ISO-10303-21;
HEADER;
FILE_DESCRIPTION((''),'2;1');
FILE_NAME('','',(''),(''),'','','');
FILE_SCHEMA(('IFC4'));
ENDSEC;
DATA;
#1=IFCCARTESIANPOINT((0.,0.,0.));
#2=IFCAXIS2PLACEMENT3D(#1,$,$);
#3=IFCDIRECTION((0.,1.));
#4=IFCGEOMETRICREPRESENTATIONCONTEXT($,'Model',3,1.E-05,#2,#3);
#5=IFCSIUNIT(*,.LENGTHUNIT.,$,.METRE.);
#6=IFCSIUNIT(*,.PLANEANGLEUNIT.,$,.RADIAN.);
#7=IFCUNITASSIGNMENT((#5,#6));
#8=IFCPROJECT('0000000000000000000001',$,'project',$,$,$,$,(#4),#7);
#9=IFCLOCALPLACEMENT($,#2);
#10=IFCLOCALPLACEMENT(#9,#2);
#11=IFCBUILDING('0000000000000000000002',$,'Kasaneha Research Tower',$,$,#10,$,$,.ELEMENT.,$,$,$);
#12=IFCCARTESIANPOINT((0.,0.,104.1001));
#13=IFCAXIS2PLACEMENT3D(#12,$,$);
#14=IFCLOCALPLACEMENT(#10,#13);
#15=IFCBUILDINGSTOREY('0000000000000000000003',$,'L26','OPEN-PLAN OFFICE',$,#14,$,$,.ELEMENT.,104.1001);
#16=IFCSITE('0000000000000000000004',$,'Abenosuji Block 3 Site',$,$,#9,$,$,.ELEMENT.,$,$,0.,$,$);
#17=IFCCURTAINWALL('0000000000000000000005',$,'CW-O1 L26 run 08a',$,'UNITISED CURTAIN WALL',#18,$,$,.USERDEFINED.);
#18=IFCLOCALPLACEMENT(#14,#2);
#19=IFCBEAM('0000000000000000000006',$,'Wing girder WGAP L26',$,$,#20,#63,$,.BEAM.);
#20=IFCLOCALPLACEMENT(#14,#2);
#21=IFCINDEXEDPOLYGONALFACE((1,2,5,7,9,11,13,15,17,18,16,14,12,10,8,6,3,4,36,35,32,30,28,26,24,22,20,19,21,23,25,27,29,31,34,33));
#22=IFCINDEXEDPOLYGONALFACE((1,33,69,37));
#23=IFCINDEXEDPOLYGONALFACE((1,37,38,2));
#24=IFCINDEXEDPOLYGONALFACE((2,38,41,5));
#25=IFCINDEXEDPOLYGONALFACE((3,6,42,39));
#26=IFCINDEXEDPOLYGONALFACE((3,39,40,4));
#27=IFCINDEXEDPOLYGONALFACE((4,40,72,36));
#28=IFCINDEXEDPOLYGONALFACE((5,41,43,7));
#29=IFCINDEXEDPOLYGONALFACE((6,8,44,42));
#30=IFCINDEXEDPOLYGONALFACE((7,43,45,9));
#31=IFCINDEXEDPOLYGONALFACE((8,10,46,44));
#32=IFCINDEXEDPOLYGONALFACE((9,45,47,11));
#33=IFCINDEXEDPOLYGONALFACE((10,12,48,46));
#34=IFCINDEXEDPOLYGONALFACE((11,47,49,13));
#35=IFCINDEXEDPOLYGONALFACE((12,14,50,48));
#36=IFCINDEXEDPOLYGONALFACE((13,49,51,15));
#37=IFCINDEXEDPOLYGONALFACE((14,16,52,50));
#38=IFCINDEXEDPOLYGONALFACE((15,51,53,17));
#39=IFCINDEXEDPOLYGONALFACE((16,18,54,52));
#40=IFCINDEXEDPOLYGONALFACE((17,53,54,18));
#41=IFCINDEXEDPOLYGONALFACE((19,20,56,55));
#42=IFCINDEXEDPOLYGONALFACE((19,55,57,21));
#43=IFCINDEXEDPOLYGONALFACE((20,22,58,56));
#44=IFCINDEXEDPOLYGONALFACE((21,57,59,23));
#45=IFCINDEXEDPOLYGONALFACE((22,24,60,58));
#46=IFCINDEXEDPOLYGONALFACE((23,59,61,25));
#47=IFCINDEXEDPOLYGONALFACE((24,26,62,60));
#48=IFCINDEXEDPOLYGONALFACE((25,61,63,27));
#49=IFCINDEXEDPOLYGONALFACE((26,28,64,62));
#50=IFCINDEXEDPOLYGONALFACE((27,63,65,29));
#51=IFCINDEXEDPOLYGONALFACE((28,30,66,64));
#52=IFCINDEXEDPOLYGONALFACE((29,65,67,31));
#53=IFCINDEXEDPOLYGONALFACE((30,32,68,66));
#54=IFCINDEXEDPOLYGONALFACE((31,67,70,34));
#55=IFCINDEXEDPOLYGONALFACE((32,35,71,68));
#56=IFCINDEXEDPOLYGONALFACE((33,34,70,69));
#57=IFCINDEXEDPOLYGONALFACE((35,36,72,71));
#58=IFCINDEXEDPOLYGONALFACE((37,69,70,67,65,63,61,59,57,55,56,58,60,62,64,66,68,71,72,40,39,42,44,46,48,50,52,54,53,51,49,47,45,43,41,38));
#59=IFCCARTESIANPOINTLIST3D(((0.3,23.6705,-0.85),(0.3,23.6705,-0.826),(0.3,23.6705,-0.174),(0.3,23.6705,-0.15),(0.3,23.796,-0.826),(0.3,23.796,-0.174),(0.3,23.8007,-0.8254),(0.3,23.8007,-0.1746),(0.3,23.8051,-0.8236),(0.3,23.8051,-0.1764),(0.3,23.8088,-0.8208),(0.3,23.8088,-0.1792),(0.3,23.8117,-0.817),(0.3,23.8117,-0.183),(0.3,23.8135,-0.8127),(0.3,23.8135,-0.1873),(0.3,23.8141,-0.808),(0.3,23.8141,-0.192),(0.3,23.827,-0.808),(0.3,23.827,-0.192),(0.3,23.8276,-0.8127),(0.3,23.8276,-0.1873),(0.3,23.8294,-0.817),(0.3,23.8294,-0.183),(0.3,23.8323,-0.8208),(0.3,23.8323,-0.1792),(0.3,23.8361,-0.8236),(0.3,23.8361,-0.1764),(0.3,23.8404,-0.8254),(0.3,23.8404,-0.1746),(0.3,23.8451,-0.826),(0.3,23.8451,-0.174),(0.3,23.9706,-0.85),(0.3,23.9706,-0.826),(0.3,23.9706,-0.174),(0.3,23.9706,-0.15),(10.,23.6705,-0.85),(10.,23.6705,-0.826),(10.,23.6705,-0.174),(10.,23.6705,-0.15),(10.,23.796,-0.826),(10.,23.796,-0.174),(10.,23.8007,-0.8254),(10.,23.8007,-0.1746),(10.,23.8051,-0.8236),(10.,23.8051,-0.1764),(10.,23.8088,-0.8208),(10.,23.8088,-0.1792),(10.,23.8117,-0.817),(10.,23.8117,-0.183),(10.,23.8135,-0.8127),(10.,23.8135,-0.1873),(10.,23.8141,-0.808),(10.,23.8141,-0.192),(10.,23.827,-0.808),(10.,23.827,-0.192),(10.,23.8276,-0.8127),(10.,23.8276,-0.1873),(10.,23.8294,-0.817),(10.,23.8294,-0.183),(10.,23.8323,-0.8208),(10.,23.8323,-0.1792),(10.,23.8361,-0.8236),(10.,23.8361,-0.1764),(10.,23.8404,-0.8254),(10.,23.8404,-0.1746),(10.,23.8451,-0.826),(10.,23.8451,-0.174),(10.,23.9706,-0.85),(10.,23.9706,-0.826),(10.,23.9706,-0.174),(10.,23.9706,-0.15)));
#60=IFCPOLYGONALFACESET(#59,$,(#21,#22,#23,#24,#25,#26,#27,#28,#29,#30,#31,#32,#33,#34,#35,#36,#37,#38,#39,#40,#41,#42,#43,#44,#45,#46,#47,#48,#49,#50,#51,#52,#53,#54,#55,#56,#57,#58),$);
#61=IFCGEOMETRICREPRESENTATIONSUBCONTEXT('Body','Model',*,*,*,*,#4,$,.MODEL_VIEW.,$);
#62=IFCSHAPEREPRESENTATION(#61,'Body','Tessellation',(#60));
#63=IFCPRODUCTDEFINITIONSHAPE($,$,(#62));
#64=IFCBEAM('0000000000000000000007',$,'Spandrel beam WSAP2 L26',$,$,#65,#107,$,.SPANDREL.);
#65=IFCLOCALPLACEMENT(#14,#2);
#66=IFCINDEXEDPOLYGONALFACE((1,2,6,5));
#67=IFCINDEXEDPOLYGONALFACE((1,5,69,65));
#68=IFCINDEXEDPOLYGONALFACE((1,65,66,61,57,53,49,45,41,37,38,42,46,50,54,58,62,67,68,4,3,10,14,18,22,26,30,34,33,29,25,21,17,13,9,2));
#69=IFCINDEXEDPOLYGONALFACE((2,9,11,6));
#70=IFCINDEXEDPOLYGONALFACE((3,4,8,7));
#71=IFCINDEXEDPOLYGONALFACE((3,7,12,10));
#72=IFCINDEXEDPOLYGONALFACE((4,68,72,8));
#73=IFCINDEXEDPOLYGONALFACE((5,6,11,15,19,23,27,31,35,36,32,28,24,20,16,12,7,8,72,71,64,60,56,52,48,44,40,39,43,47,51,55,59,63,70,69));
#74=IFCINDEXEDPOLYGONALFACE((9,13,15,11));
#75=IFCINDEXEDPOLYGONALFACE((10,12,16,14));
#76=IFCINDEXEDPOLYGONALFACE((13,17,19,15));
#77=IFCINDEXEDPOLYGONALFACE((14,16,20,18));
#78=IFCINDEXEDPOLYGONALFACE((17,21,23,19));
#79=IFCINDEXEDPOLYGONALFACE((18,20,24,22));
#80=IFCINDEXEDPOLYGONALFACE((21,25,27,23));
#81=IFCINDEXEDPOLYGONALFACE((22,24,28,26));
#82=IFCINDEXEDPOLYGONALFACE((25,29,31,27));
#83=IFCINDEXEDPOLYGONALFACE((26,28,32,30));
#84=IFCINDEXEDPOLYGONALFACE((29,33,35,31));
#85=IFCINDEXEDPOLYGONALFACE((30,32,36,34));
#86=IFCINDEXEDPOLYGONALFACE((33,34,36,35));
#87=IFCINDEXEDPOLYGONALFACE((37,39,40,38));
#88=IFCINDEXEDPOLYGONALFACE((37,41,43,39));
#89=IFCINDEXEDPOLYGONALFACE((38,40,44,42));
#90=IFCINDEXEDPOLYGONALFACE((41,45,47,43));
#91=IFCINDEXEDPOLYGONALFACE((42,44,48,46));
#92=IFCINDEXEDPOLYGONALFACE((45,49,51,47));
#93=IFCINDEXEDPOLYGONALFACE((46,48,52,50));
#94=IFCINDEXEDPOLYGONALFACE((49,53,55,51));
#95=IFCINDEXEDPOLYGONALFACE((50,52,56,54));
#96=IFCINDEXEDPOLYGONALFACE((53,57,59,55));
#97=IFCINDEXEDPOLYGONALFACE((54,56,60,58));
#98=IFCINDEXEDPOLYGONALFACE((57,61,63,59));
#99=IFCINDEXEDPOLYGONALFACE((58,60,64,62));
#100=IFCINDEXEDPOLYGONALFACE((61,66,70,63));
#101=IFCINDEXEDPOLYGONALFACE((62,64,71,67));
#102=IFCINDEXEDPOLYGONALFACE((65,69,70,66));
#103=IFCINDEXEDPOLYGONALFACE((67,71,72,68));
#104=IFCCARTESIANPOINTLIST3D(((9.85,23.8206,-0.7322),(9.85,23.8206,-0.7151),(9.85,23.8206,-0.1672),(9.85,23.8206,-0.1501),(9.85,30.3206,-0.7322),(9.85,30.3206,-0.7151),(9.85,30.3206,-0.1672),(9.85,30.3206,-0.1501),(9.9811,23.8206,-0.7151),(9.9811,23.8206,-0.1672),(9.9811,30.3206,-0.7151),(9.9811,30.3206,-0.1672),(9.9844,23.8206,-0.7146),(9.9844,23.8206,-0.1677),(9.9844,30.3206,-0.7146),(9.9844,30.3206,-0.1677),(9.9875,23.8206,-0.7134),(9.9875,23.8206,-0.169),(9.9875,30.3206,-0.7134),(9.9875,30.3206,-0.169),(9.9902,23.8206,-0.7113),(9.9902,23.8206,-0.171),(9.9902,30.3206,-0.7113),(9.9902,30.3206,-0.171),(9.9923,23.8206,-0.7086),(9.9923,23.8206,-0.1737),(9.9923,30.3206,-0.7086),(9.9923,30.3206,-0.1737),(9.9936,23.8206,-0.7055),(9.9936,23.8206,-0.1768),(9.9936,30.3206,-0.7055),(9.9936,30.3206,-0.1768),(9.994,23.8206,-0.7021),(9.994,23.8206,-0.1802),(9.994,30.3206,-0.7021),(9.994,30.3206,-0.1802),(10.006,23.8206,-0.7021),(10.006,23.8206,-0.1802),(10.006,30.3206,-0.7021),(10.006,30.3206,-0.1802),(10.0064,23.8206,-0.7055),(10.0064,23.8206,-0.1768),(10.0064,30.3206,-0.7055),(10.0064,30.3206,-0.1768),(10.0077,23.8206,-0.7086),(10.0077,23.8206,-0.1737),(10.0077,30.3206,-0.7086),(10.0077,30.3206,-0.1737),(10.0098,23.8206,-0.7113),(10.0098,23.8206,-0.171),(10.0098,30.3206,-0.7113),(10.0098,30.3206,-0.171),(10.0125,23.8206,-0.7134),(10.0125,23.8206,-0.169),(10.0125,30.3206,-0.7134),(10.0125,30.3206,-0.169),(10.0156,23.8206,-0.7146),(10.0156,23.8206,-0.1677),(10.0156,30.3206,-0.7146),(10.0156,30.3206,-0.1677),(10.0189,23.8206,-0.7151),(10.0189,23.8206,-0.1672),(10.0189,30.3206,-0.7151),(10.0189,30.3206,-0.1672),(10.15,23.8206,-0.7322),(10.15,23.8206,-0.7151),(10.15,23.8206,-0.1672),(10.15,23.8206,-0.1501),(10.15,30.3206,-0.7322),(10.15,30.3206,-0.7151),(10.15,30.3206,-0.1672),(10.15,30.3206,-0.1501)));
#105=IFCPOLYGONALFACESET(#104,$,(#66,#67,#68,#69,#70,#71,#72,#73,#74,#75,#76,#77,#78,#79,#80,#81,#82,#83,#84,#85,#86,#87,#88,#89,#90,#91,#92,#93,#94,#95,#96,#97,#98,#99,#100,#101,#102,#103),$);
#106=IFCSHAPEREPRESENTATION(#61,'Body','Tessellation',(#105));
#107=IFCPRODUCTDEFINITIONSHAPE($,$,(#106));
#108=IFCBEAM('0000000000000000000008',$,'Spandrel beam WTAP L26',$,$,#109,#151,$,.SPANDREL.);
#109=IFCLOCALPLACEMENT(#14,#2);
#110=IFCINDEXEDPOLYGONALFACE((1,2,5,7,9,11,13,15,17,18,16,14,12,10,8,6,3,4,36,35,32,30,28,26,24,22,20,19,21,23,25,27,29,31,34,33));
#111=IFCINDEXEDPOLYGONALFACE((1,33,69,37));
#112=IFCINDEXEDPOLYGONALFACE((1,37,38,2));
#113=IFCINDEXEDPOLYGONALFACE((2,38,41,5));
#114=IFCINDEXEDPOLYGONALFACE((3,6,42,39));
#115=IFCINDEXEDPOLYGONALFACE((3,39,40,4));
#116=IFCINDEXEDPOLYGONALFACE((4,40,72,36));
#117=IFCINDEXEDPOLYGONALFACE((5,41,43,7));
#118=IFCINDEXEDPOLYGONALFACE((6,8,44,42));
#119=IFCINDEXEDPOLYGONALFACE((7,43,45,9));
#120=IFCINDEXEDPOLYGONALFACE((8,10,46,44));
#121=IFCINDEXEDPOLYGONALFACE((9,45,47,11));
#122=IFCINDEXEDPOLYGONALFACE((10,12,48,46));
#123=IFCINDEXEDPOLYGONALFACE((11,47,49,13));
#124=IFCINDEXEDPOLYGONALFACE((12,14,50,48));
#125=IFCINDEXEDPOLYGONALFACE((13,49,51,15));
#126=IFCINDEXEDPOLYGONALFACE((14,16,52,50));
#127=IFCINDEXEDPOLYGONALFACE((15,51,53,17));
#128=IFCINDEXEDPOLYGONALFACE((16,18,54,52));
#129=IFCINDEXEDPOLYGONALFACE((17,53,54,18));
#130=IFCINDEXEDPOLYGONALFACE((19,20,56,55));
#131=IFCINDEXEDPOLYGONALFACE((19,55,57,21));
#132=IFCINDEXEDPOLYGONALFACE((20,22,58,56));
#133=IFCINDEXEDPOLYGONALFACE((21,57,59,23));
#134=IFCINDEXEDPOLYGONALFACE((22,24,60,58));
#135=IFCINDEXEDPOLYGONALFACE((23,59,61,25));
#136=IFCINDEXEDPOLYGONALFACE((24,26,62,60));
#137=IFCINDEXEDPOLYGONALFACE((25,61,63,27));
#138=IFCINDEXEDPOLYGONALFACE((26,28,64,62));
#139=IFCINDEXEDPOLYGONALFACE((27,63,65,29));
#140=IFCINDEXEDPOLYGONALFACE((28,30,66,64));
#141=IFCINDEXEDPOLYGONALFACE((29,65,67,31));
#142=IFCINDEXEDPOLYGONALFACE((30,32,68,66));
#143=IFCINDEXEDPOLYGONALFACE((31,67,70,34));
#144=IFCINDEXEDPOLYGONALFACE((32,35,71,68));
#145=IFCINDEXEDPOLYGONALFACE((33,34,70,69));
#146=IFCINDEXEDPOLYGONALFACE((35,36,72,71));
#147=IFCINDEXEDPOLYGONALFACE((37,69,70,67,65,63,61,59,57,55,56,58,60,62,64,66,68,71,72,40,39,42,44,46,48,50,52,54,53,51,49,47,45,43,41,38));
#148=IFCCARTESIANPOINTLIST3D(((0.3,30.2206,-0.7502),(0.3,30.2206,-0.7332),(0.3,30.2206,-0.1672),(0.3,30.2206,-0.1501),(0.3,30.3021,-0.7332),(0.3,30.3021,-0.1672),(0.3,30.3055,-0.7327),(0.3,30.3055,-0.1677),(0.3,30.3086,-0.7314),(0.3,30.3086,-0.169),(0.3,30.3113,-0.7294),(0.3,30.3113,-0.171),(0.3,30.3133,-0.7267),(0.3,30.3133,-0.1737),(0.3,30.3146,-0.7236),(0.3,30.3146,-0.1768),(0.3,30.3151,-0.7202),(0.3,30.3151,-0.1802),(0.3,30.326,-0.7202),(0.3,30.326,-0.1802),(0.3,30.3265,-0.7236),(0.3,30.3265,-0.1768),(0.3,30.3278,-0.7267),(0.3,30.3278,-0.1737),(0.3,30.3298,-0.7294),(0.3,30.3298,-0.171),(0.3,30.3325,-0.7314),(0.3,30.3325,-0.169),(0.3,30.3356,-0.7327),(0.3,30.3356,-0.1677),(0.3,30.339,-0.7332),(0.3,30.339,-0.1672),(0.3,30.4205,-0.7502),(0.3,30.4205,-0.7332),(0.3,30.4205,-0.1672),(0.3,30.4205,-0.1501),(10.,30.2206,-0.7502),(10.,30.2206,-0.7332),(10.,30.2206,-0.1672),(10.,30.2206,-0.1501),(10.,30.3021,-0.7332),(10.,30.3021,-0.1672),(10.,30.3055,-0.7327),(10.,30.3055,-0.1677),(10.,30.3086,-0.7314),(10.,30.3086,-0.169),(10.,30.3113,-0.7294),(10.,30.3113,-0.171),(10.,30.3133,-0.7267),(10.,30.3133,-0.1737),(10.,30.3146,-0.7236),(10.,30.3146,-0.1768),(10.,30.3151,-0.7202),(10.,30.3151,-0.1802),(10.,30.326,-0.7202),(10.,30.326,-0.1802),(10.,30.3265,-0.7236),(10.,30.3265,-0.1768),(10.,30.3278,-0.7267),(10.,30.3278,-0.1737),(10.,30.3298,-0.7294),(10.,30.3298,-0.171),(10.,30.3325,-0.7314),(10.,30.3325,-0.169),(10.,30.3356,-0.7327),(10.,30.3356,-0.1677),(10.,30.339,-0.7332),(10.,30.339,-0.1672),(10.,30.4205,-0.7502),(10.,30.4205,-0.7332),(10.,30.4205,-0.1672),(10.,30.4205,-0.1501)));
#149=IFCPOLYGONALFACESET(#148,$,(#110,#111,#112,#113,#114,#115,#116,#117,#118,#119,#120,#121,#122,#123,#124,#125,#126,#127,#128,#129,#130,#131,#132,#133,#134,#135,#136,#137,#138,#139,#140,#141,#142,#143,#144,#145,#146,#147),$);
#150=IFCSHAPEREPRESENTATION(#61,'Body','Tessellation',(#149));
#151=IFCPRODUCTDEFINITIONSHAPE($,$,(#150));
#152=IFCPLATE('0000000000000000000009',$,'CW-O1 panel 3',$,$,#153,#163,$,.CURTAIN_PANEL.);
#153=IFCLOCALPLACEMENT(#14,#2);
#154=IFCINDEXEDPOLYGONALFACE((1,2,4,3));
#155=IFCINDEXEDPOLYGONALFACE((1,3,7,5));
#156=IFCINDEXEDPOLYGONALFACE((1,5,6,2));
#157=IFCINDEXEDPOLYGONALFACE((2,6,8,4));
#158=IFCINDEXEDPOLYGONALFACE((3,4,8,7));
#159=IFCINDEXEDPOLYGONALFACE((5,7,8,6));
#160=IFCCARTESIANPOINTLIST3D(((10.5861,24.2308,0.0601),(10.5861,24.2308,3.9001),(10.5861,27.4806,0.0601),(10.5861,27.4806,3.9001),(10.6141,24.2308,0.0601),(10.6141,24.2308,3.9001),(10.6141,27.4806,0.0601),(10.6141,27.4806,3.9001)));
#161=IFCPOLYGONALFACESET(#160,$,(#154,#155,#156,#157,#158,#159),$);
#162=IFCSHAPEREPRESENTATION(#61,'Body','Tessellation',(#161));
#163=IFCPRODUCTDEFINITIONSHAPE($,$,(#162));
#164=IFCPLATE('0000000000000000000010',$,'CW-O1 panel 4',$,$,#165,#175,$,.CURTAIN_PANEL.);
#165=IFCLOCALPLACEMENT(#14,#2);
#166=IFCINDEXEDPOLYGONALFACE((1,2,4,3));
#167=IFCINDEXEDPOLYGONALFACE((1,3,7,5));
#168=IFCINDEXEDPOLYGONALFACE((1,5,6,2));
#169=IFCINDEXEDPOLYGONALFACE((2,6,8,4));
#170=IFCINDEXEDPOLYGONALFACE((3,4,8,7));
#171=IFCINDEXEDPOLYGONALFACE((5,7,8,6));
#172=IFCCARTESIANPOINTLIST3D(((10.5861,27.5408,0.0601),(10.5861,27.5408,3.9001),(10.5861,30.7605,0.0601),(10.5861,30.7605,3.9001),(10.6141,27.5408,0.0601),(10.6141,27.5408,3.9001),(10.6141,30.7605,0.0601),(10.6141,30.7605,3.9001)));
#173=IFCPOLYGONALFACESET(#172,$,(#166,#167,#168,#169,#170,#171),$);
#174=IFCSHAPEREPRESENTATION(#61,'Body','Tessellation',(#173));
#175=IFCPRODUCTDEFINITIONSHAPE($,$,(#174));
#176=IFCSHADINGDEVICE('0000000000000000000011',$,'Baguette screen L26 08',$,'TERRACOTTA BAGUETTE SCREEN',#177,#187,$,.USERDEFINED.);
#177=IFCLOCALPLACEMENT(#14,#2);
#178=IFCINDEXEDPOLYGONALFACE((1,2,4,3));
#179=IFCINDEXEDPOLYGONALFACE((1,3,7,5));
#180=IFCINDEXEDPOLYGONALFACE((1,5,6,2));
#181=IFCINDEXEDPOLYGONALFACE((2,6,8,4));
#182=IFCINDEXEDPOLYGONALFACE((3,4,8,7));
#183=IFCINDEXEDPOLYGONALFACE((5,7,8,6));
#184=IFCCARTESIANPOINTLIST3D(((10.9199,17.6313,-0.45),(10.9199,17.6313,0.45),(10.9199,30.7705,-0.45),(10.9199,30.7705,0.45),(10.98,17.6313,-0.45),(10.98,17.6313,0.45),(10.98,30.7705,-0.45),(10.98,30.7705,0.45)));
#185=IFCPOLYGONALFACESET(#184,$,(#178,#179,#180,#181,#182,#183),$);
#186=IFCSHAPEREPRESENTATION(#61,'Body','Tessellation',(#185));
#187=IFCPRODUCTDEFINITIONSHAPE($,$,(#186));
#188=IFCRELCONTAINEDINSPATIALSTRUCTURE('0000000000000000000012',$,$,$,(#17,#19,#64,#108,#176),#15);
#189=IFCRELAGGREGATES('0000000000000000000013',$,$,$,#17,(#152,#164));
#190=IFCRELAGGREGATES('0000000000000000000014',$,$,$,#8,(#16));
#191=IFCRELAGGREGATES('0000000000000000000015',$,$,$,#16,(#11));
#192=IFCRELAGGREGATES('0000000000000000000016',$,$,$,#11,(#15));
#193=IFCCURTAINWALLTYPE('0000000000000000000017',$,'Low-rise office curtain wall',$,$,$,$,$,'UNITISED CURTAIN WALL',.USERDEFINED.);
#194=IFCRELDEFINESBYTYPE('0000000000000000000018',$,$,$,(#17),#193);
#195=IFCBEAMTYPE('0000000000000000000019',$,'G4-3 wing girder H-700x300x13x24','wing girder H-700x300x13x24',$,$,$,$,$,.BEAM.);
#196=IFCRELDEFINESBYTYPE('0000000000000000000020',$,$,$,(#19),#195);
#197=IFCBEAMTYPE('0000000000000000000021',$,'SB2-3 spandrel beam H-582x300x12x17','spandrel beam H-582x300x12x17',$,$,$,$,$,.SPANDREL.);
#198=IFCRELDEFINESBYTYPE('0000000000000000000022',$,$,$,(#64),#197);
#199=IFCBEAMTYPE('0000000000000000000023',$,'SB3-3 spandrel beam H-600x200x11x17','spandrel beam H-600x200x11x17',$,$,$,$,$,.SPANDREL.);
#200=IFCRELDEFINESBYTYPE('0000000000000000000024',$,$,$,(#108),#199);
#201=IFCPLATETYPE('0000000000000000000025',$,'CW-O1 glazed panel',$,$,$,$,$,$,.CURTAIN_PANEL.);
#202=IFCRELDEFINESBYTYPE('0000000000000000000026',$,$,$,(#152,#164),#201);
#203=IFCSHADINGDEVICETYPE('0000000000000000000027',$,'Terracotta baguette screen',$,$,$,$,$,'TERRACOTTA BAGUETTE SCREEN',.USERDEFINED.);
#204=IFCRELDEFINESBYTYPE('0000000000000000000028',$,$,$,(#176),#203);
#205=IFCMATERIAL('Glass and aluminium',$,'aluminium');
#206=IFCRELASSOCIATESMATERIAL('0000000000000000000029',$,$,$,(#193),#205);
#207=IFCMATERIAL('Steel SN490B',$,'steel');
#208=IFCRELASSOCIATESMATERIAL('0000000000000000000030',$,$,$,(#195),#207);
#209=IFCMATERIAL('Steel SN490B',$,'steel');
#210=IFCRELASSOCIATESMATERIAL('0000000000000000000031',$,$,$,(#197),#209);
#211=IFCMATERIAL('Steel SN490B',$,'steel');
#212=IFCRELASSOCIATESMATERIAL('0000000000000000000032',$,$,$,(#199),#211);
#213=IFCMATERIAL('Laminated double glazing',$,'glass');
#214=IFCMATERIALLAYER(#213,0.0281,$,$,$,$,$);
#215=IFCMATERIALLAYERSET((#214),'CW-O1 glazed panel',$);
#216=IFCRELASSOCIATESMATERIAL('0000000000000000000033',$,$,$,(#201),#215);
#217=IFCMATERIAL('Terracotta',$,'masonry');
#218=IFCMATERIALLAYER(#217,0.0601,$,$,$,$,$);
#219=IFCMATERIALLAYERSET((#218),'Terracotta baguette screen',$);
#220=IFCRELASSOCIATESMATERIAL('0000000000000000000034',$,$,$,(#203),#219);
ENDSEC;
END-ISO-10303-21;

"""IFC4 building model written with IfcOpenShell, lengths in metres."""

from ifc_helpers import new_model, si_unit, direction, frame, origin, origin_2d, place, context, subcontext, project, spatial, rectangle, i_section, extrude, material, layer, layer_set, material_profile, profile_set, type_object, element, aggregate, save


model = new_model("IFC4")

# Units and contexts
model_context = context("Model", 3, precision=1e-05, world=origin(), true_north=direction((0.0, 1.0)))
body_context = subcontext(model_context, "Body", "Model", "MODEL_VIEW")
ifc_project = project(units=[si_unit("LENGTHUNIT", "METRE"), si_unit("PLANEANGLEUNIT", "RADIAN")], contexts=[model_context])

# Site, building, storey
site_placement = place(None, origin())
site = spatial("IfcSite", under=ifc_project, at=site_placement, Name="Abenosuji Block 3 Site", CompositionType="ELEMENT", RefElevation=0.0)
building_placement = place(site_placement, origin())
building = spatial("IfcBuilding", under=site, at=building_placement, Name="Kasaneha Research Tower", CompositionType="ELEMENT")
storey_placement = place(building_placement, frame((0.0, 0.0, 104.1001)))
storey = spatial("IfcBuildingStorey", under=building, at=storey_placement, Name="L26", Description="OPEN-PLAN OFFICE", CompositionType="ELEMENT", Elevation=104.1001)

# Curtain wall
ifc_material_1 = material(Name="Glass and aluminium", Category="aluminium")
curtain_wall_type = type_object("IfcCurtainWallType", Name="Low-rise office curtain wall", ElementType="UNITISED CURTAIN WALL", PredefinedType="USERDEFINED", material=ifc_material_1)
curtain_wall_1_placement = place(storey_placement, origin())
curtain_wall_1 = element("IfcCurtainWall", 1, at=curtain_wall_1_placement, inside=storey, type_object=curtain_wall_type, Name="CW-O1 L26 run 08a", ObjectType="UNITISED CURTAIN WALL", PredefinedType="USERDEFINED")

# Beams
ifc_material_2 = material(Name="Steel SN490B", Category="steel")
ifc_material_profile_1 = material_profile(ifc_material_2, i_section(OverallWidth=0.3, OverallDepth=0.7, WebThickness=0.0129, FlangeThickness=0.0239, FilletRadius=0.0181, at=origin_2d()), Name="H-700x300x13x24")
ifc_profile_set_1 = profile_set([ifc_material_profile_1], Name="Steel SN490B")
beam_type_1 = type_object("IfcBeamType", Name="G4-3 wing girder H-700x300x13x24", Description="wing girder H-700x300x13x24", PredefinedType="BEAM", material=ifc_profile_set_1)
beam_1_placement = place(storey_placement, frame((10.0, 23.8206, -0.5), z_axis=(-1.0, 0.0, 0.0), x_axis=(0.0, -1.0, 0.0)))
element("IfcBeam", 2, at=beam_1_placement, inside=storey, type_object=beam_type_1, Name="Wing girder WGAP L26", PredefinedType="BEAM", context=body_context, shape_type="SweptSolid", body=[
    extrude(i_section(OverallWidth=0.3, OverallDepth=0.7, WebThickness=0.0129, FlangeThickness=0.0239, FilletRadius=0.0181, at=origin_2d()), origin(), (0.0, 0.0, 1.0), 9.7),
])
ifc_material_3 = material(Name="Steel SN490B", Category="steel")
ifc_material_profile_2 = material_profile(ifc_material_3, i_section(OverallWidth=0.3, OverallDepth=0.582, WebThickness=0.012, FlangeThickness=0.0171, FilletRadius=0.0129, at=origin_2d()), Name="H-582x300x12x17")
ifc_profile_set_2 = profile_set([ifc_material_profile_2], Name="Steel SN490B")
beam_type_2 = type_object("IfcBeamType", Name="SB2-3 spandrel beam H-582x300x12x17", Description="spandrel beam H-582x300x12x17", PredefinedType="SPANDREL", material=ifc_profile_set_2)
beam_2_placement = place(storey_placement, frame((10.0, 23.8206, -0.4412), z_axis=(0.0, 1.0, 0.0), x_axis=(-1.0, 0.0, 0.0)))
element("IfcBeam", 3, at=beam_2_placement, inside=storey, type_object=beam_type_2, Name="Spandrel beam WSAP2 L26", PredefinedType="SPANDREL", context=body_context, shape_type="SweptSolid", body=[
    extrude(i_section(OverallWidth=0.3, OverallDepth=0.582, WebThickness=0.012, FlangeThickness=0.0171, FilletRadius=0.0129, at=origin_2d()), origin(), (0.0, 0.0, 1.0), 6.5),
])
ifc_material_4 = material(Name="Steel SN490B", Category="steel")
ifc_material_profile_3 = material_profile(ifc_material_4, i_section(OverallWidth=0.2, OverallDepth=0.6001, WebThickness=0.011, FlangeThickness=0.0171, FilletRadius=0.0129, at=origin_2d()), Name="H-600x200x11x17")
ifc_profile_set_3 = profile_set([ifc_material_profile_3], Name="Steel SN490B")
beam_type_3 = type_object("IfcBeamType", Name="SB3-3 spandrel beam H-600x200x11x17", Description="spandrel beam H-600x200x11x17", PredefinedType="SPANDREL", material=ifc_profile_set_3)
beam_3_placement = place(storey_placement, frame((10.0, 30.3206, -0.4502), z_axis=(-1.0, 0.0, 0.0), x_axis=(0.0, -1.0, 0.0)))
element("IfcBeam", 4, at=beam_3_placement, inside=storey, type_object=beam_type_3, Name="Spandrel beam WTAP L26", PredefinedType="SPANDREL", context=body_context, shape_type="SweptSolid", body=[
    extrude(i_section(OverallWidth=0.2, OverallDepth=0.6001, WebThickness=0.011, FlangeThickness=0.0171, FilletRadius=0.0129, at=origin_2d()), origin(), (0.0, 0.0, 1.0), 9.7),
])

# Plates
ifc_material_5 = material(Name="Laminated double glazing", Category="glass")
ifc_layer_1 = layer(ifc_material_5, 0.0281)
ifc_layer_set_1 = layer_set([ifc_layer_1], Name="CW-O1 glazed panel")
plate_type = type_object("IfcPlateType", Name="CW-O1 glazed panel", PredefinedType="CURTAIN_PANEL", material=ifc_layer_set_1)
plate_1_placement = place(storey_placement, frame((10.6001, 25.8557, 0.0601), z_axis=(0.0, 0.0, 1.0), x_axis=(0.0, 1.0, 0.0)))
plate_1 = element("IfcPlate", 5, at=plate_1_placement, type_object=plate_type, Name="CW-O1 panel 3", PredefinedType="CURTAIN_PANEL", context=body_context, shape_type="SweptSolid", body=[
    extrude(rectangle(XDim=3.2498, YDim=0.0281, at=origin_2d()), origin(), (0.0, 0.0, 1.0), 3.8401),
])
plate_2_placement = place(storey_placement, frame((10.6001, 29.1506, 0.0601), z_axis=(0.0, 0.0, 1.0), x_axis=(0.0, 1.0, 0.0)))
plate_2 = element("IfcPlate", 6, at=plate_2_placement, type_object=plate_type, Name="CW-O1 panel 4", PredefinedType="CURTAIN_PANEL", context=body_context, shape_type="SweptSolid", body=[
    extrude(rectangle(XDim=3.2197, YDim=0.0281, at=origin_2d()), origin(), (0.0, 0.0, 1.0), 3.8401),
])
aggregate(curtain_wall_1, [plate_1, plate_2])

# Shading device
ifc_material_6 = material(Name="Terracotta", Category="masonry")
ifc_layer_2 = layer(ifc_material_6, 0.0601)
ifc_layer_set_2 = layer_set([ifc_layer_2], Name="Terracotta baguette screen")
shading_device_type = type_object("IfcShadingDeviceType", Name="Terracotta baguette screen", ElementType="TERRACOTTA BAGUETTE SCREEN", PredefinedType="USERDEFINED", material=ifc_layer_set_2)
shading_device_placement = place(storey_placement, frame((10.95, 24.2009, -0.45), z_axis=(0.0, 0.0, 1.0), x_axis=(0.0, 1.0, 0.0)))
element("IfcShadingDevice", 7, at=shading_device_placement, inside=storey, type_object=shading_device_type, Name="Baguette screen L26 08", ObjectType="TERRACOTTA BAGUETTE SCREEN", PredefinedType="USERDEFINED", context=body_context, shape_type="SweptSolid", body=[
    extrude(rectangle(XDim=13.1392, YDim=0.0601, at=origin_2d()), origin(), (0.0, 0.0, 1.0), 0.8999),
])

save(model, "model.ifc")
